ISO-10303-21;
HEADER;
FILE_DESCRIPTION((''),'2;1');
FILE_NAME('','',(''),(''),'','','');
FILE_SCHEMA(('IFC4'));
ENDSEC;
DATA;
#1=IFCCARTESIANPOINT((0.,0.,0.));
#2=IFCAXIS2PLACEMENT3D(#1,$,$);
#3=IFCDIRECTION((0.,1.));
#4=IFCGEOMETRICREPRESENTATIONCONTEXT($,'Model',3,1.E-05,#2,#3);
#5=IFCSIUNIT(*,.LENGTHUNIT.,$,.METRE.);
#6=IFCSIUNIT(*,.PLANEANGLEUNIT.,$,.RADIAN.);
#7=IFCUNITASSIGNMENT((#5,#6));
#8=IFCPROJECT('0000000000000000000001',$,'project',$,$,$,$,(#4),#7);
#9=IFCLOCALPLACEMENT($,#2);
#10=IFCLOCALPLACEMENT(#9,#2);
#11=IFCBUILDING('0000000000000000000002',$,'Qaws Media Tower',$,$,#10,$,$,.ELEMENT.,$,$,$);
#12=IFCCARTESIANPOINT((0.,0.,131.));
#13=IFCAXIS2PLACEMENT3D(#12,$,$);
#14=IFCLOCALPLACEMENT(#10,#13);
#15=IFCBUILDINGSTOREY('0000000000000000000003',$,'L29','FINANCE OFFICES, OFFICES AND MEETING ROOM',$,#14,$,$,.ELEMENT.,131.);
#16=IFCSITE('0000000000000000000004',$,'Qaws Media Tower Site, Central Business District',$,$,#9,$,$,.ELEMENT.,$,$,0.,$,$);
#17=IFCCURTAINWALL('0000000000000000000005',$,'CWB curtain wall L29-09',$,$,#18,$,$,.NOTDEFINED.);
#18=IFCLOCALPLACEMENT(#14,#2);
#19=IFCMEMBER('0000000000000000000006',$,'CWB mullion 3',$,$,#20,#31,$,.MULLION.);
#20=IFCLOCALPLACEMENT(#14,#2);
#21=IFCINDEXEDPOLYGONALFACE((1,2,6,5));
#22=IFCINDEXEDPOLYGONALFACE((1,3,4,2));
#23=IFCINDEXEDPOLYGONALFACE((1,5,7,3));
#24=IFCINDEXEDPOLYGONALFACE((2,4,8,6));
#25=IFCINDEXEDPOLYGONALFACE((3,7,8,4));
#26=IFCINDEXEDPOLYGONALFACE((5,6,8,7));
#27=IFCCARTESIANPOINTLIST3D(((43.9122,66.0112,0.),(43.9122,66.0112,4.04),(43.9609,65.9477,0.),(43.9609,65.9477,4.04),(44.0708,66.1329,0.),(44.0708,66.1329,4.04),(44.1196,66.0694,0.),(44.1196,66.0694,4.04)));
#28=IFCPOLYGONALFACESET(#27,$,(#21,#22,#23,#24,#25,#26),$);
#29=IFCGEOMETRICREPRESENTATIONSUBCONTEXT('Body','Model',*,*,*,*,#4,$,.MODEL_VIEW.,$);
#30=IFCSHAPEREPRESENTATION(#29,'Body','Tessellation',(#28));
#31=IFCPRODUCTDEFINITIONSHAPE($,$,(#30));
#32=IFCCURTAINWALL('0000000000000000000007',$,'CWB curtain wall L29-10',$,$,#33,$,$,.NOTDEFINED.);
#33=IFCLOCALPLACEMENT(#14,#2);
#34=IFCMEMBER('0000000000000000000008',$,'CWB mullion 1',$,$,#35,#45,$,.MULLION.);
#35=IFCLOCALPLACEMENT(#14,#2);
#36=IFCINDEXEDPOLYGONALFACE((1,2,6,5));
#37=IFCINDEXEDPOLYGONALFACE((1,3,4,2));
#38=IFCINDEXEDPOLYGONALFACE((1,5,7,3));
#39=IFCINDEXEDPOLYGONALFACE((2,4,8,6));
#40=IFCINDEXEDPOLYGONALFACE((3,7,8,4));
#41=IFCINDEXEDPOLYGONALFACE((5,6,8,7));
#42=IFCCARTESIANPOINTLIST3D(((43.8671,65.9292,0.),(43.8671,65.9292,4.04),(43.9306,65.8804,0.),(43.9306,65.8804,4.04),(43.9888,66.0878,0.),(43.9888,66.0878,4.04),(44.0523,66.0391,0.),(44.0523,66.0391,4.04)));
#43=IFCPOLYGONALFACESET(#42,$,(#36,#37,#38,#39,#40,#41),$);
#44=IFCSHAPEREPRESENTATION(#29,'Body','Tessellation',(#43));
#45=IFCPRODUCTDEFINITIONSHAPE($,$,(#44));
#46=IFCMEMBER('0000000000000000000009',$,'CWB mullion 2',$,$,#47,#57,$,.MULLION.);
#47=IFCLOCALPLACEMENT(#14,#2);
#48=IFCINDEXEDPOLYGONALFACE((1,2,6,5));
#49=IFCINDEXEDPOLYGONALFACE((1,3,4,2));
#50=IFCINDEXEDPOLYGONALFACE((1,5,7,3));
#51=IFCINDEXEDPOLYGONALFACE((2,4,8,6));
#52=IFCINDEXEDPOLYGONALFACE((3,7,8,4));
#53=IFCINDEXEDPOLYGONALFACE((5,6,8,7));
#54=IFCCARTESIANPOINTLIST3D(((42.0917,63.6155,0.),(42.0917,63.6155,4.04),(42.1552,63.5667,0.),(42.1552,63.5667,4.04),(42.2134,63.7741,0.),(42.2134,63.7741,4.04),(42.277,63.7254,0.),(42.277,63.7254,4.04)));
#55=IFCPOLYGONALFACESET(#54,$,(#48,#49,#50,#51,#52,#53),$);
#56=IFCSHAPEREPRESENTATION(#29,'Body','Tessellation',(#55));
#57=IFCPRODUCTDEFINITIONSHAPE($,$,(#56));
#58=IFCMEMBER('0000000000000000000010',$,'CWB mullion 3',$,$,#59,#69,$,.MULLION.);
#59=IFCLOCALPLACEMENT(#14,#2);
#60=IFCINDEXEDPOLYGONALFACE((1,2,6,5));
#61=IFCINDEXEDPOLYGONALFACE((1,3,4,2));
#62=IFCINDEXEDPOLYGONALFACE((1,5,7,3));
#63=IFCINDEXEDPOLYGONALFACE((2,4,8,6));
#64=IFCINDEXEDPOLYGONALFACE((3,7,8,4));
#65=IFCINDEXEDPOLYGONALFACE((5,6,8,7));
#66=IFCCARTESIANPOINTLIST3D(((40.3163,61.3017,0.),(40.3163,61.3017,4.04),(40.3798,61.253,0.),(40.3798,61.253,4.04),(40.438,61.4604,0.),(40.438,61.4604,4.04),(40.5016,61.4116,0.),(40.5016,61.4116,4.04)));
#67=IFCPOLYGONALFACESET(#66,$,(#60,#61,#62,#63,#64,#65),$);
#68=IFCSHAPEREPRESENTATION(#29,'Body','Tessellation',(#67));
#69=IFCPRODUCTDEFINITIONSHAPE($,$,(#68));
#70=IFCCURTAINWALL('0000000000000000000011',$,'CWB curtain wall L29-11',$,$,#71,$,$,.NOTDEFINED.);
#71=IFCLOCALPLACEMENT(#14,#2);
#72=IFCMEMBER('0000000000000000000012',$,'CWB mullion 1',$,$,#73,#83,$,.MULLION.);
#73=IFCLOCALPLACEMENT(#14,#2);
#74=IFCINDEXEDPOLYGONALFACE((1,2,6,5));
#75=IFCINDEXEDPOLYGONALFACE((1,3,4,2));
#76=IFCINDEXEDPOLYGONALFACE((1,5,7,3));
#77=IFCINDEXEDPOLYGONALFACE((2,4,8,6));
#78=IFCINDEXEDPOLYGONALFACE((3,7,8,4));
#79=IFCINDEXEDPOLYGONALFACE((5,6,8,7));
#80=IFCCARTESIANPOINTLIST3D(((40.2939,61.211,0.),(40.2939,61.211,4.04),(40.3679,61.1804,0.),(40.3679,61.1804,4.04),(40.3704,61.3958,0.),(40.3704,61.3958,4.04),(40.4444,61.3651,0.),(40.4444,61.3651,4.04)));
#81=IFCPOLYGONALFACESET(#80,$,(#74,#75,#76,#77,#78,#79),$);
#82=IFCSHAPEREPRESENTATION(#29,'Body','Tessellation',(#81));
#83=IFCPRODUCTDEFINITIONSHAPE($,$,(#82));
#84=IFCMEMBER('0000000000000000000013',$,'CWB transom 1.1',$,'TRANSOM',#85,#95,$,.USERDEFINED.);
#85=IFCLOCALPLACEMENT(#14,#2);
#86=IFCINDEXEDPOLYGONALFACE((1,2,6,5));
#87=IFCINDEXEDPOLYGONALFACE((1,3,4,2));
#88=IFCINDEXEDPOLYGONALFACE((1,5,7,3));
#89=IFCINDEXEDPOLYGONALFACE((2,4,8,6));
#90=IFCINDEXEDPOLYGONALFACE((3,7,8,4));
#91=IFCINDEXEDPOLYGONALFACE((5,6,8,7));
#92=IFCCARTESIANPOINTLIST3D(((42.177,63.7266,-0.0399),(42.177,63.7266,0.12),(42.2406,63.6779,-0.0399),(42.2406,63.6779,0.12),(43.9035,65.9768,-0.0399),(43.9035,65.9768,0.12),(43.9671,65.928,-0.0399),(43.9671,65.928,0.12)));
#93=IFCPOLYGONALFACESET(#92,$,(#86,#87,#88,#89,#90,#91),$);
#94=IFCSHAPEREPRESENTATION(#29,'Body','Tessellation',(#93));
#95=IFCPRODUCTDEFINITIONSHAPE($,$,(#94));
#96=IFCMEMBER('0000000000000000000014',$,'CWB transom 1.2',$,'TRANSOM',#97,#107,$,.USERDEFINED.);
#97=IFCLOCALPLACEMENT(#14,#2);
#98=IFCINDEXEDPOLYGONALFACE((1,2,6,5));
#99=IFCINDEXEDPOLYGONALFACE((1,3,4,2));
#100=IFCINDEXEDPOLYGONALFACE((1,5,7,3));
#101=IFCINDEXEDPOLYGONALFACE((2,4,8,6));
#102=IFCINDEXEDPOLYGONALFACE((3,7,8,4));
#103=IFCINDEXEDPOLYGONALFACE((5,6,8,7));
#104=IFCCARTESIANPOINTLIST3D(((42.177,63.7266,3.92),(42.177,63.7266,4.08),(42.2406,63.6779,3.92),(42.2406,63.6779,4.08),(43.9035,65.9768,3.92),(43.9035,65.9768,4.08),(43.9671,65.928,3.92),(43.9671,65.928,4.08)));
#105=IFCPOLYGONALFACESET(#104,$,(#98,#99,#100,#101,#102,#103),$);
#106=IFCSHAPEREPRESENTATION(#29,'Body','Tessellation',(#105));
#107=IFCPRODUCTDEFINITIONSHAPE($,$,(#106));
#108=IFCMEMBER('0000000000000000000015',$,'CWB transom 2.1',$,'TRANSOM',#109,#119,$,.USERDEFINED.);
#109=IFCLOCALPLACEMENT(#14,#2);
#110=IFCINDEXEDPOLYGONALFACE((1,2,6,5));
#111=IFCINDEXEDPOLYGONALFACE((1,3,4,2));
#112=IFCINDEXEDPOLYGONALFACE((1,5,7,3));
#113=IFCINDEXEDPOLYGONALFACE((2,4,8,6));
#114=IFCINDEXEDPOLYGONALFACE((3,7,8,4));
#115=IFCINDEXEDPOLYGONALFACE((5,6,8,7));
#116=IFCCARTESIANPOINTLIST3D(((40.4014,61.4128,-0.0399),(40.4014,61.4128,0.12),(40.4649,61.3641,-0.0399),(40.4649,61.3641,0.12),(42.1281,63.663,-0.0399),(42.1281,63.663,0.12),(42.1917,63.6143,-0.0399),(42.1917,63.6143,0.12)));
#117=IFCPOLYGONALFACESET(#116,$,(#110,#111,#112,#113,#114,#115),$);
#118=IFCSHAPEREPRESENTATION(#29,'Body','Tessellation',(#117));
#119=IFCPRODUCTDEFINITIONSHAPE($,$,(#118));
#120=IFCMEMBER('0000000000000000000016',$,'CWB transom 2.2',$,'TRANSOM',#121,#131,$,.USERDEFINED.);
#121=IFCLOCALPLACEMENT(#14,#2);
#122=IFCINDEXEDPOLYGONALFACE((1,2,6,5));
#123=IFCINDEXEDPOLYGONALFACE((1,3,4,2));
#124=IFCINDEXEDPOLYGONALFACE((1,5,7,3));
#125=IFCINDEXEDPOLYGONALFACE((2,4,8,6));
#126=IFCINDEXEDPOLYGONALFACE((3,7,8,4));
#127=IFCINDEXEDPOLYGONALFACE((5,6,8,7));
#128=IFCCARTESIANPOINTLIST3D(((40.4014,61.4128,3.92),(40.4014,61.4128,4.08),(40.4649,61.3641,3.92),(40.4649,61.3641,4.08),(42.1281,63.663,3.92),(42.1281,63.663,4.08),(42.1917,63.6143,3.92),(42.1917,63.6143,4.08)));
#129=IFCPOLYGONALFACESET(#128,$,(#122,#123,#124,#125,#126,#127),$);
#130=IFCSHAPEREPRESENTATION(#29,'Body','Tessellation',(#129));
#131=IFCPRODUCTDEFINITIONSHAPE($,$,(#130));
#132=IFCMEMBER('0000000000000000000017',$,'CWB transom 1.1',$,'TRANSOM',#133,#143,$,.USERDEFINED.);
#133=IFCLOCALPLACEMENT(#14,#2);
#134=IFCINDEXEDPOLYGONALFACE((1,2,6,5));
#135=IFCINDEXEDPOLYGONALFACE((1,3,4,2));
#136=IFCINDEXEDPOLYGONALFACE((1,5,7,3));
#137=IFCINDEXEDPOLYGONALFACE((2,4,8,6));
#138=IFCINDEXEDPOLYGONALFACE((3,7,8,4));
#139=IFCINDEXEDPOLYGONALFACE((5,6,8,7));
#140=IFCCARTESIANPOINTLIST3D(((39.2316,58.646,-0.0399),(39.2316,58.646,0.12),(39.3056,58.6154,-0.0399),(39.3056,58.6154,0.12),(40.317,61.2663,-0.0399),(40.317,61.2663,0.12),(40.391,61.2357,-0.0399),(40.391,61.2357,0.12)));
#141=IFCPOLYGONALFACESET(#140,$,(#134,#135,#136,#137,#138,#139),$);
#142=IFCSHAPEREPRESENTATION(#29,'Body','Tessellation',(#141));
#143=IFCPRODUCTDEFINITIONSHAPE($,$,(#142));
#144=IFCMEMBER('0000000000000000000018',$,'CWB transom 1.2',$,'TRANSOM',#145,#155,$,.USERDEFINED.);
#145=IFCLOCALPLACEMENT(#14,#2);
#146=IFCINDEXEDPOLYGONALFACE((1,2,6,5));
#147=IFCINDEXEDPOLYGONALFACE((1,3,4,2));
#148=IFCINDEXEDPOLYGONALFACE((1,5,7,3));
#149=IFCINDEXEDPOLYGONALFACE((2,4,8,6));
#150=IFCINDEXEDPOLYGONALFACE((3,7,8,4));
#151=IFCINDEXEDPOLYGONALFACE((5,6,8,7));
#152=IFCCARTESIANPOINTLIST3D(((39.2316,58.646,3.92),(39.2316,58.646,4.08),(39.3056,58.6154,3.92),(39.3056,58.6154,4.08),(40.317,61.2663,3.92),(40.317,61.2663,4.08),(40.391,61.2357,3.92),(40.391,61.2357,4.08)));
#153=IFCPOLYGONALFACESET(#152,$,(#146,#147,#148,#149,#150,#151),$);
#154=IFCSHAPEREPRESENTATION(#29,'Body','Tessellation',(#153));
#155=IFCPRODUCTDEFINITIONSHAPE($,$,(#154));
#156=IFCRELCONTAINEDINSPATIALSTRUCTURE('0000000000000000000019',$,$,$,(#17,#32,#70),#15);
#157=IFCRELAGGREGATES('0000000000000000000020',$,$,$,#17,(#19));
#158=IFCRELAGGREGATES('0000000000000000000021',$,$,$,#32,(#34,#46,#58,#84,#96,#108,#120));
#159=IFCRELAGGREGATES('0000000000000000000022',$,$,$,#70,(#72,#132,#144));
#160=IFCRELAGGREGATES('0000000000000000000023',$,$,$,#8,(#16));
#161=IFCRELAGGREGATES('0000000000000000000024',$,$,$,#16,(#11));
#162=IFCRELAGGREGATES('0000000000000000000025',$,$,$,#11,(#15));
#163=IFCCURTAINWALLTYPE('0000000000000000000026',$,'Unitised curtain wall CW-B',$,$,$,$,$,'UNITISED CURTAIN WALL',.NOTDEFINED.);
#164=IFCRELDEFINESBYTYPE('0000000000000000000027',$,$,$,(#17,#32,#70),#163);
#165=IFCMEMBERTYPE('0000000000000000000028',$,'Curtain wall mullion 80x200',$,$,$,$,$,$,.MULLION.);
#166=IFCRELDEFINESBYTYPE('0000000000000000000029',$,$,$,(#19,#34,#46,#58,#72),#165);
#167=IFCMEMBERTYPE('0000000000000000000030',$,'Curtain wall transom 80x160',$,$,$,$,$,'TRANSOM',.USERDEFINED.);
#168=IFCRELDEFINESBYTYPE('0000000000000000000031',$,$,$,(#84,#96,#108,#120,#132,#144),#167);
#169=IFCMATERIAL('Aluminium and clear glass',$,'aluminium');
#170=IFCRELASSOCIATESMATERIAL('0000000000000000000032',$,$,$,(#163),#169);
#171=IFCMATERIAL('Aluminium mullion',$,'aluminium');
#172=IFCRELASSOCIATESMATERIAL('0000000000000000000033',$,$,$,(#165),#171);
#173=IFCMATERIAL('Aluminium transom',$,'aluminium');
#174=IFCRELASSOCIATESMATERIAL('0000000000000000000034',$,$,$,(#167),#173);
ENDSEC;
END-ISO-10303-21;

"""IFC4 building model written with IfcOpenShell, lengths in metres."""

from ifc_helpers import new_model, si_unit, direction, frame, origin, origin_2d, place, context, subcontext, project, spatial, rectangle, extrude, material, material_profile, profile_set, type_object, element, aggregate, save


model = new_model("IFC4")

# Units and contexts
model_context = context("Model", 3, precision=1e-05, world=origin(), true_north=direction((0.0, 1.0)))
body_context = subcontext(model_context, "Body", "Model", "MODEL_VIEW")
ifc_project = project(units=[si_unit("LENGTHUNIT", "METRE"), si_unit("PLANEANGLEUNIT", "RADIAN")], contexts=[model_context])

# Site, building, storey
site_placement = place(None, origin())
site = spatial("IfcSite", under=ifc_project, at=site_placement, Name="Qaws Media Tower Site, Central Business District", CompositionType="ELEMENT", RefElevation=0.0)
building_placement = place(site_placement, origin())
building = spatial("IfcBuilding", under=site, at=building_placement, Name="Qaws Media Tower", CompositionType="ELEMENT")
storey_placement = place(building_placement, frame((0.0, 0.0, 131.0)))
storey = spatial("IfcBuildingStorey", under=building, at=storey_placement, Name="L29", Description="FINANCE OFFICES, OFFICES AND MEETING ROOM", CompositionType="ELEMENT", Elevation=131.0)

# Curtain wall, member
ifc_material_1 = material(Name="Aluminium and clear glass", Category="aluminium")
curtain_wall_type = type_object("IfcCurtainWallType", Name="Unitised curtain wall CW-B", ElementType="UNITISED CURTAIN WALL", PredefinedType="NOTDEFINED", material=ifc_material_1)
curtain_wall_1_placement = place(storey_placement, origin())
curtain_wall_1 = element("IfcCurtainWall", 1, at=curtain_wall_1_placement, inside=storey, type_object=curtain_wall_type, Name="CWB curtain wall L29-09", PredefinedType="NOTDEFINED")
ifc_material_2 = material(Name="Aluminium mullion", Category="aluminium")
ifc_material_profile_1 = material_profile(ifc_material_2, rectangle(XDim=0.0801, YDim=0.2, at=origin_2d()), Name="80x200")
ifc_profile_set_1 = profile_set([ifc_material_profile_1], Name="Aluminium mullion")
member_type_1 = type_object("IfcMemberType", Name="Curtain wall mullion 80x200", PredefinedType="MULLION", material=ifc_profile_set_1)
member_1_placement = place(storey_placement, frame((44.0159, 66.0403, 0.0), z_axis=(0.0, 0.0, 1.0), x_axis=(0.608761, -0.793353, 0.0)))
member_1 = element("IfcMember", 2, at=member_1_placement, type_object=member_type_1, Name="CWB mullion 3", PredefinedType="MULLION", context=body_context, shape_type="SweptSolid", body=[
    extrude(rectangle(XDim=0.0801, YDim=0.2, at=origin_2d()), origin(), (0.0, 0.0, 1.0), 4.04),
])

# Curtain wall, members
curtain_wall_2_placement = place(storey_placement, origin())
curtain_wall_2 = element("IfcCurtainWall", 3, at=curtain_wall_2_placement, inside=storey, type_object=curtain_wall_type, Name="CWB curtain wall L29-10", PredefinedType="NOTDEFINED")
member_2_placement = place(storey_placement, frame((43.9597, 65.9841, 0.0), z_axis=(0.0, 0.0, 1.0), x_axis=(0.793353, -0.608761, 0.0)))
member_2 = element("IfcMember", 4, at=member_2_placement, type_object=member_type_1, Name="CWB mullion 1", PredefinedType="MULLION", context=body_context, shape_type="SweptSolid", body=[
    extrude(rectangle(XDim=0.0801, YDim=0.2, at=origin_2d()), origin(), (0.0, 0.0, 1.0), 4.04),
])
member_3_placement = place(storey_placement, frame((42.1843, 63.6704, 0.0), z_axis=(0.0, 0.0, 1.0), x_axis=(0.793353, -0.608761, 0.0)))
member_3 = element("IfcMember", 5, at=member_3_placement, type_object=member_type_1, Name="CWB mullion 2", PredefinedType="MULLION", context=body_context, shape_type="SweptSolid", body=[
    extrude(rectangle(XDim=0.0801, YDim=0.2, at=origin_2d()), origin(), (0.0, 0.0, 1.0), 4.04),
])
member_4_placement = place(storey_placement, frame((40.4089, 61.3567, 0.0), z_axis=(0.0, 0.0, 1.0), x_axis=(0.793353, -0.608761, 0.0)))
member_4 = element("IfcMember", 6, at=member_4_placement, type_object=member_type_1, Name="CWB mullion 3", PredefinedType="MULLION", context=body_context, shape_type="SweptSolid", body=[
    extrude(rectangle(XDim=0.0801, YDim=0.2, at=origin_2d()), origin(), (0.0, 0.0, 1.0), 4.04),
])

# Curtain wall, member
curtain_wall_3_placement = place(storey_placement, origin())
curtain_wall_3 = element("IfcCurtainWall", 7, at=curtain_wall_3_placement, inside=storey, type_object=curtain_wall_type, Name="CWB curtain wall L29-11", PredefinedType="NOTDEFINED")
member_5_placement = place(storey_placement, frame((40.3691, 61.2881, 0.0), z_axis=(0.0, 0.0, 1.0), x_axis=(0.92388, -0.382683, 0.0)))
member_5 = element("IfcMember", 8, at=member_5_placement, type_object=member_type_1, Name="CWB mullion 1", PredefinedType="MULLION", context=body_context, shape_type="SweptSolid", body=[
    extrude(rectangle(XDim=0.0801, YDim=0.2, at=origin_2d()), origin(), (0.0, 0.0, 1.0), 4.04),
])

# Members
ifc_material_3 = material(Name="Aluminium transom", Category="aluminium")
ifc_material_profile_2 = material_profile(ifc_material_3, rectangle(XDim=0.0801, YDim=0.1599, at=origin_2d()), Name="80x160")
ifc_profile_set_2 = profile_set([ifc_material_profile_2], Name="Aluminium transom")
member_type_2 = type_object("IfcMemberType", Name="Curtain wall transom 80x160", ElementType="TRANSOM", PredefinedType="USERDEFINED", material=ifc_profile_set_2)
member_6_placement = place(storey_placement, frame((43.9353, 65.9524, 0.04), z_axis=(-0.608737, -0.793372, 0.0), x_axis=(0.793372, -0.608737, 0.0)))
member_6 = element("IfcMember", 9, at=member_6_placement, type_object=member_type_2, Name="CWB transom 1.1", ObjectType="TRANSOM", PredefinedType="USERDEFINED", context=body_context, shape_type="SweptSolid", body=[
    extrude(rectangle(XDim=0.0801, YDim=0.1599, at=origin_2d()), origin(), (0.0, 0.0, 1.0), 2.8362),
])
member_7_placement = place(storey_placement, frame((43.9353, 65.9524, 4.0), z_axis=(-0.608737, -0.793372, 0.0), x_axis=(0.793372, -0.608737, 0.0)))
member_7 = element("IfcMember", 10, at=member_7_placement, type_object=member_type_2, Name="CWB transom 1.2", ObjectType="TRANSOM", PredefinedType="USERDEFINED", context=body_context, shape_type="SweptSolid", body=[
    extrude(rectangle(XDim=0.0801, YDim=0.1599, at=origin_2d()), origin(), (0.0, 0.0, 1.0), 2.8362),
])
member_8_placement = place(storey_placement, frame((42.1599, 63.6387, 0.04), z_axis=(-0.608791, -0.793331, 0.0), x_axis=(0.793331, -0.608791, 0.0)))
member_8 = element("IfcMember", 11, at=member_8_placement, type_object=member_type_2, Name="CWB transom 2.1", ObjectType="TRANSOM", PredefinedType="USERDEFINED", context=body_context, shape_type="SweptSolid", body=[
    extrude(rectangle(XDim=0.0801, YDim=0.1599, at=origin_2d()), origin(), (0.0, 0.0, 1.0), 2.8364),
])
member_9_placement = place(storey_placement, frame((42.1599, 63.6387, 4.0), z_axis=(-0.608791, -0.793331, 0.0), x_axis=(0.793331, -0.608791, 0.0)))
member_9 = element("IfcMember", 12, at=member_9_placement, type_object=member_type_2, Name="CWB transom 2.2", ObjectType="TRANSOM", PredefinedType="USERDEFINED", context=body_context, shape_type="SweptSolid", body=[
    extrude(rectangle(XDim=0.0801, YDim=0.1599, at=origin_2d()), origin(), (0.0, 0.0, 1.0), 2.8364),
])
member_10_placement = place(storey_placement, frame((40.354, 61.251, 0.04), z_axis=(-0.382701, -0.923872, 0.0), x_axis=(0.923872, -0.382701, 0.0)))
member_10 = element("IfcMember", 13, at=member_10_placement, type_object=member_type_2, Name="CWB transom 1.1", ObjectType="TRANSOM", PredefinedType="USERDEFINED", context=body_context, shape_type="SweptSolid", body=[
    extrude(rectangle(XDim=0.0801, YDim=0.1599, at=origin_2d()), origin(), (0.0, 0.0, 1.0), 2.8362),
])
member_11_placement = place(storey_placement, frame((40.354, 61.251, 4.0), z_axis=(-0.382701, -0.923872, 0.0), x_axis=(0.923872, -0.382701, 0.0)))
member_11 = element("IfcMember", 14, at=member_11_placement, type_object=member_type_2, Name="CWB transom 1.2", ObjectType="TRANSOM", PredefinedType="USERDEFINED", context=body_context, shape_type="SweptSolid", body=[
    extrude(rectangle(XDim=0.0801, YDim=0.1599, at=origin_2d()), origin(), (0.0, 0.0, 1.0), 2.8362),
])

aggregate(curtain_wall_1, [member_1])
aggregate(curtain_wall_2, [member_2, member_3, member_4, member_6, member_7, member_8, member_9])
aggregate(curtain_wall_3, [member_5, member_10, member_11])

save(model, "model.ifc")
